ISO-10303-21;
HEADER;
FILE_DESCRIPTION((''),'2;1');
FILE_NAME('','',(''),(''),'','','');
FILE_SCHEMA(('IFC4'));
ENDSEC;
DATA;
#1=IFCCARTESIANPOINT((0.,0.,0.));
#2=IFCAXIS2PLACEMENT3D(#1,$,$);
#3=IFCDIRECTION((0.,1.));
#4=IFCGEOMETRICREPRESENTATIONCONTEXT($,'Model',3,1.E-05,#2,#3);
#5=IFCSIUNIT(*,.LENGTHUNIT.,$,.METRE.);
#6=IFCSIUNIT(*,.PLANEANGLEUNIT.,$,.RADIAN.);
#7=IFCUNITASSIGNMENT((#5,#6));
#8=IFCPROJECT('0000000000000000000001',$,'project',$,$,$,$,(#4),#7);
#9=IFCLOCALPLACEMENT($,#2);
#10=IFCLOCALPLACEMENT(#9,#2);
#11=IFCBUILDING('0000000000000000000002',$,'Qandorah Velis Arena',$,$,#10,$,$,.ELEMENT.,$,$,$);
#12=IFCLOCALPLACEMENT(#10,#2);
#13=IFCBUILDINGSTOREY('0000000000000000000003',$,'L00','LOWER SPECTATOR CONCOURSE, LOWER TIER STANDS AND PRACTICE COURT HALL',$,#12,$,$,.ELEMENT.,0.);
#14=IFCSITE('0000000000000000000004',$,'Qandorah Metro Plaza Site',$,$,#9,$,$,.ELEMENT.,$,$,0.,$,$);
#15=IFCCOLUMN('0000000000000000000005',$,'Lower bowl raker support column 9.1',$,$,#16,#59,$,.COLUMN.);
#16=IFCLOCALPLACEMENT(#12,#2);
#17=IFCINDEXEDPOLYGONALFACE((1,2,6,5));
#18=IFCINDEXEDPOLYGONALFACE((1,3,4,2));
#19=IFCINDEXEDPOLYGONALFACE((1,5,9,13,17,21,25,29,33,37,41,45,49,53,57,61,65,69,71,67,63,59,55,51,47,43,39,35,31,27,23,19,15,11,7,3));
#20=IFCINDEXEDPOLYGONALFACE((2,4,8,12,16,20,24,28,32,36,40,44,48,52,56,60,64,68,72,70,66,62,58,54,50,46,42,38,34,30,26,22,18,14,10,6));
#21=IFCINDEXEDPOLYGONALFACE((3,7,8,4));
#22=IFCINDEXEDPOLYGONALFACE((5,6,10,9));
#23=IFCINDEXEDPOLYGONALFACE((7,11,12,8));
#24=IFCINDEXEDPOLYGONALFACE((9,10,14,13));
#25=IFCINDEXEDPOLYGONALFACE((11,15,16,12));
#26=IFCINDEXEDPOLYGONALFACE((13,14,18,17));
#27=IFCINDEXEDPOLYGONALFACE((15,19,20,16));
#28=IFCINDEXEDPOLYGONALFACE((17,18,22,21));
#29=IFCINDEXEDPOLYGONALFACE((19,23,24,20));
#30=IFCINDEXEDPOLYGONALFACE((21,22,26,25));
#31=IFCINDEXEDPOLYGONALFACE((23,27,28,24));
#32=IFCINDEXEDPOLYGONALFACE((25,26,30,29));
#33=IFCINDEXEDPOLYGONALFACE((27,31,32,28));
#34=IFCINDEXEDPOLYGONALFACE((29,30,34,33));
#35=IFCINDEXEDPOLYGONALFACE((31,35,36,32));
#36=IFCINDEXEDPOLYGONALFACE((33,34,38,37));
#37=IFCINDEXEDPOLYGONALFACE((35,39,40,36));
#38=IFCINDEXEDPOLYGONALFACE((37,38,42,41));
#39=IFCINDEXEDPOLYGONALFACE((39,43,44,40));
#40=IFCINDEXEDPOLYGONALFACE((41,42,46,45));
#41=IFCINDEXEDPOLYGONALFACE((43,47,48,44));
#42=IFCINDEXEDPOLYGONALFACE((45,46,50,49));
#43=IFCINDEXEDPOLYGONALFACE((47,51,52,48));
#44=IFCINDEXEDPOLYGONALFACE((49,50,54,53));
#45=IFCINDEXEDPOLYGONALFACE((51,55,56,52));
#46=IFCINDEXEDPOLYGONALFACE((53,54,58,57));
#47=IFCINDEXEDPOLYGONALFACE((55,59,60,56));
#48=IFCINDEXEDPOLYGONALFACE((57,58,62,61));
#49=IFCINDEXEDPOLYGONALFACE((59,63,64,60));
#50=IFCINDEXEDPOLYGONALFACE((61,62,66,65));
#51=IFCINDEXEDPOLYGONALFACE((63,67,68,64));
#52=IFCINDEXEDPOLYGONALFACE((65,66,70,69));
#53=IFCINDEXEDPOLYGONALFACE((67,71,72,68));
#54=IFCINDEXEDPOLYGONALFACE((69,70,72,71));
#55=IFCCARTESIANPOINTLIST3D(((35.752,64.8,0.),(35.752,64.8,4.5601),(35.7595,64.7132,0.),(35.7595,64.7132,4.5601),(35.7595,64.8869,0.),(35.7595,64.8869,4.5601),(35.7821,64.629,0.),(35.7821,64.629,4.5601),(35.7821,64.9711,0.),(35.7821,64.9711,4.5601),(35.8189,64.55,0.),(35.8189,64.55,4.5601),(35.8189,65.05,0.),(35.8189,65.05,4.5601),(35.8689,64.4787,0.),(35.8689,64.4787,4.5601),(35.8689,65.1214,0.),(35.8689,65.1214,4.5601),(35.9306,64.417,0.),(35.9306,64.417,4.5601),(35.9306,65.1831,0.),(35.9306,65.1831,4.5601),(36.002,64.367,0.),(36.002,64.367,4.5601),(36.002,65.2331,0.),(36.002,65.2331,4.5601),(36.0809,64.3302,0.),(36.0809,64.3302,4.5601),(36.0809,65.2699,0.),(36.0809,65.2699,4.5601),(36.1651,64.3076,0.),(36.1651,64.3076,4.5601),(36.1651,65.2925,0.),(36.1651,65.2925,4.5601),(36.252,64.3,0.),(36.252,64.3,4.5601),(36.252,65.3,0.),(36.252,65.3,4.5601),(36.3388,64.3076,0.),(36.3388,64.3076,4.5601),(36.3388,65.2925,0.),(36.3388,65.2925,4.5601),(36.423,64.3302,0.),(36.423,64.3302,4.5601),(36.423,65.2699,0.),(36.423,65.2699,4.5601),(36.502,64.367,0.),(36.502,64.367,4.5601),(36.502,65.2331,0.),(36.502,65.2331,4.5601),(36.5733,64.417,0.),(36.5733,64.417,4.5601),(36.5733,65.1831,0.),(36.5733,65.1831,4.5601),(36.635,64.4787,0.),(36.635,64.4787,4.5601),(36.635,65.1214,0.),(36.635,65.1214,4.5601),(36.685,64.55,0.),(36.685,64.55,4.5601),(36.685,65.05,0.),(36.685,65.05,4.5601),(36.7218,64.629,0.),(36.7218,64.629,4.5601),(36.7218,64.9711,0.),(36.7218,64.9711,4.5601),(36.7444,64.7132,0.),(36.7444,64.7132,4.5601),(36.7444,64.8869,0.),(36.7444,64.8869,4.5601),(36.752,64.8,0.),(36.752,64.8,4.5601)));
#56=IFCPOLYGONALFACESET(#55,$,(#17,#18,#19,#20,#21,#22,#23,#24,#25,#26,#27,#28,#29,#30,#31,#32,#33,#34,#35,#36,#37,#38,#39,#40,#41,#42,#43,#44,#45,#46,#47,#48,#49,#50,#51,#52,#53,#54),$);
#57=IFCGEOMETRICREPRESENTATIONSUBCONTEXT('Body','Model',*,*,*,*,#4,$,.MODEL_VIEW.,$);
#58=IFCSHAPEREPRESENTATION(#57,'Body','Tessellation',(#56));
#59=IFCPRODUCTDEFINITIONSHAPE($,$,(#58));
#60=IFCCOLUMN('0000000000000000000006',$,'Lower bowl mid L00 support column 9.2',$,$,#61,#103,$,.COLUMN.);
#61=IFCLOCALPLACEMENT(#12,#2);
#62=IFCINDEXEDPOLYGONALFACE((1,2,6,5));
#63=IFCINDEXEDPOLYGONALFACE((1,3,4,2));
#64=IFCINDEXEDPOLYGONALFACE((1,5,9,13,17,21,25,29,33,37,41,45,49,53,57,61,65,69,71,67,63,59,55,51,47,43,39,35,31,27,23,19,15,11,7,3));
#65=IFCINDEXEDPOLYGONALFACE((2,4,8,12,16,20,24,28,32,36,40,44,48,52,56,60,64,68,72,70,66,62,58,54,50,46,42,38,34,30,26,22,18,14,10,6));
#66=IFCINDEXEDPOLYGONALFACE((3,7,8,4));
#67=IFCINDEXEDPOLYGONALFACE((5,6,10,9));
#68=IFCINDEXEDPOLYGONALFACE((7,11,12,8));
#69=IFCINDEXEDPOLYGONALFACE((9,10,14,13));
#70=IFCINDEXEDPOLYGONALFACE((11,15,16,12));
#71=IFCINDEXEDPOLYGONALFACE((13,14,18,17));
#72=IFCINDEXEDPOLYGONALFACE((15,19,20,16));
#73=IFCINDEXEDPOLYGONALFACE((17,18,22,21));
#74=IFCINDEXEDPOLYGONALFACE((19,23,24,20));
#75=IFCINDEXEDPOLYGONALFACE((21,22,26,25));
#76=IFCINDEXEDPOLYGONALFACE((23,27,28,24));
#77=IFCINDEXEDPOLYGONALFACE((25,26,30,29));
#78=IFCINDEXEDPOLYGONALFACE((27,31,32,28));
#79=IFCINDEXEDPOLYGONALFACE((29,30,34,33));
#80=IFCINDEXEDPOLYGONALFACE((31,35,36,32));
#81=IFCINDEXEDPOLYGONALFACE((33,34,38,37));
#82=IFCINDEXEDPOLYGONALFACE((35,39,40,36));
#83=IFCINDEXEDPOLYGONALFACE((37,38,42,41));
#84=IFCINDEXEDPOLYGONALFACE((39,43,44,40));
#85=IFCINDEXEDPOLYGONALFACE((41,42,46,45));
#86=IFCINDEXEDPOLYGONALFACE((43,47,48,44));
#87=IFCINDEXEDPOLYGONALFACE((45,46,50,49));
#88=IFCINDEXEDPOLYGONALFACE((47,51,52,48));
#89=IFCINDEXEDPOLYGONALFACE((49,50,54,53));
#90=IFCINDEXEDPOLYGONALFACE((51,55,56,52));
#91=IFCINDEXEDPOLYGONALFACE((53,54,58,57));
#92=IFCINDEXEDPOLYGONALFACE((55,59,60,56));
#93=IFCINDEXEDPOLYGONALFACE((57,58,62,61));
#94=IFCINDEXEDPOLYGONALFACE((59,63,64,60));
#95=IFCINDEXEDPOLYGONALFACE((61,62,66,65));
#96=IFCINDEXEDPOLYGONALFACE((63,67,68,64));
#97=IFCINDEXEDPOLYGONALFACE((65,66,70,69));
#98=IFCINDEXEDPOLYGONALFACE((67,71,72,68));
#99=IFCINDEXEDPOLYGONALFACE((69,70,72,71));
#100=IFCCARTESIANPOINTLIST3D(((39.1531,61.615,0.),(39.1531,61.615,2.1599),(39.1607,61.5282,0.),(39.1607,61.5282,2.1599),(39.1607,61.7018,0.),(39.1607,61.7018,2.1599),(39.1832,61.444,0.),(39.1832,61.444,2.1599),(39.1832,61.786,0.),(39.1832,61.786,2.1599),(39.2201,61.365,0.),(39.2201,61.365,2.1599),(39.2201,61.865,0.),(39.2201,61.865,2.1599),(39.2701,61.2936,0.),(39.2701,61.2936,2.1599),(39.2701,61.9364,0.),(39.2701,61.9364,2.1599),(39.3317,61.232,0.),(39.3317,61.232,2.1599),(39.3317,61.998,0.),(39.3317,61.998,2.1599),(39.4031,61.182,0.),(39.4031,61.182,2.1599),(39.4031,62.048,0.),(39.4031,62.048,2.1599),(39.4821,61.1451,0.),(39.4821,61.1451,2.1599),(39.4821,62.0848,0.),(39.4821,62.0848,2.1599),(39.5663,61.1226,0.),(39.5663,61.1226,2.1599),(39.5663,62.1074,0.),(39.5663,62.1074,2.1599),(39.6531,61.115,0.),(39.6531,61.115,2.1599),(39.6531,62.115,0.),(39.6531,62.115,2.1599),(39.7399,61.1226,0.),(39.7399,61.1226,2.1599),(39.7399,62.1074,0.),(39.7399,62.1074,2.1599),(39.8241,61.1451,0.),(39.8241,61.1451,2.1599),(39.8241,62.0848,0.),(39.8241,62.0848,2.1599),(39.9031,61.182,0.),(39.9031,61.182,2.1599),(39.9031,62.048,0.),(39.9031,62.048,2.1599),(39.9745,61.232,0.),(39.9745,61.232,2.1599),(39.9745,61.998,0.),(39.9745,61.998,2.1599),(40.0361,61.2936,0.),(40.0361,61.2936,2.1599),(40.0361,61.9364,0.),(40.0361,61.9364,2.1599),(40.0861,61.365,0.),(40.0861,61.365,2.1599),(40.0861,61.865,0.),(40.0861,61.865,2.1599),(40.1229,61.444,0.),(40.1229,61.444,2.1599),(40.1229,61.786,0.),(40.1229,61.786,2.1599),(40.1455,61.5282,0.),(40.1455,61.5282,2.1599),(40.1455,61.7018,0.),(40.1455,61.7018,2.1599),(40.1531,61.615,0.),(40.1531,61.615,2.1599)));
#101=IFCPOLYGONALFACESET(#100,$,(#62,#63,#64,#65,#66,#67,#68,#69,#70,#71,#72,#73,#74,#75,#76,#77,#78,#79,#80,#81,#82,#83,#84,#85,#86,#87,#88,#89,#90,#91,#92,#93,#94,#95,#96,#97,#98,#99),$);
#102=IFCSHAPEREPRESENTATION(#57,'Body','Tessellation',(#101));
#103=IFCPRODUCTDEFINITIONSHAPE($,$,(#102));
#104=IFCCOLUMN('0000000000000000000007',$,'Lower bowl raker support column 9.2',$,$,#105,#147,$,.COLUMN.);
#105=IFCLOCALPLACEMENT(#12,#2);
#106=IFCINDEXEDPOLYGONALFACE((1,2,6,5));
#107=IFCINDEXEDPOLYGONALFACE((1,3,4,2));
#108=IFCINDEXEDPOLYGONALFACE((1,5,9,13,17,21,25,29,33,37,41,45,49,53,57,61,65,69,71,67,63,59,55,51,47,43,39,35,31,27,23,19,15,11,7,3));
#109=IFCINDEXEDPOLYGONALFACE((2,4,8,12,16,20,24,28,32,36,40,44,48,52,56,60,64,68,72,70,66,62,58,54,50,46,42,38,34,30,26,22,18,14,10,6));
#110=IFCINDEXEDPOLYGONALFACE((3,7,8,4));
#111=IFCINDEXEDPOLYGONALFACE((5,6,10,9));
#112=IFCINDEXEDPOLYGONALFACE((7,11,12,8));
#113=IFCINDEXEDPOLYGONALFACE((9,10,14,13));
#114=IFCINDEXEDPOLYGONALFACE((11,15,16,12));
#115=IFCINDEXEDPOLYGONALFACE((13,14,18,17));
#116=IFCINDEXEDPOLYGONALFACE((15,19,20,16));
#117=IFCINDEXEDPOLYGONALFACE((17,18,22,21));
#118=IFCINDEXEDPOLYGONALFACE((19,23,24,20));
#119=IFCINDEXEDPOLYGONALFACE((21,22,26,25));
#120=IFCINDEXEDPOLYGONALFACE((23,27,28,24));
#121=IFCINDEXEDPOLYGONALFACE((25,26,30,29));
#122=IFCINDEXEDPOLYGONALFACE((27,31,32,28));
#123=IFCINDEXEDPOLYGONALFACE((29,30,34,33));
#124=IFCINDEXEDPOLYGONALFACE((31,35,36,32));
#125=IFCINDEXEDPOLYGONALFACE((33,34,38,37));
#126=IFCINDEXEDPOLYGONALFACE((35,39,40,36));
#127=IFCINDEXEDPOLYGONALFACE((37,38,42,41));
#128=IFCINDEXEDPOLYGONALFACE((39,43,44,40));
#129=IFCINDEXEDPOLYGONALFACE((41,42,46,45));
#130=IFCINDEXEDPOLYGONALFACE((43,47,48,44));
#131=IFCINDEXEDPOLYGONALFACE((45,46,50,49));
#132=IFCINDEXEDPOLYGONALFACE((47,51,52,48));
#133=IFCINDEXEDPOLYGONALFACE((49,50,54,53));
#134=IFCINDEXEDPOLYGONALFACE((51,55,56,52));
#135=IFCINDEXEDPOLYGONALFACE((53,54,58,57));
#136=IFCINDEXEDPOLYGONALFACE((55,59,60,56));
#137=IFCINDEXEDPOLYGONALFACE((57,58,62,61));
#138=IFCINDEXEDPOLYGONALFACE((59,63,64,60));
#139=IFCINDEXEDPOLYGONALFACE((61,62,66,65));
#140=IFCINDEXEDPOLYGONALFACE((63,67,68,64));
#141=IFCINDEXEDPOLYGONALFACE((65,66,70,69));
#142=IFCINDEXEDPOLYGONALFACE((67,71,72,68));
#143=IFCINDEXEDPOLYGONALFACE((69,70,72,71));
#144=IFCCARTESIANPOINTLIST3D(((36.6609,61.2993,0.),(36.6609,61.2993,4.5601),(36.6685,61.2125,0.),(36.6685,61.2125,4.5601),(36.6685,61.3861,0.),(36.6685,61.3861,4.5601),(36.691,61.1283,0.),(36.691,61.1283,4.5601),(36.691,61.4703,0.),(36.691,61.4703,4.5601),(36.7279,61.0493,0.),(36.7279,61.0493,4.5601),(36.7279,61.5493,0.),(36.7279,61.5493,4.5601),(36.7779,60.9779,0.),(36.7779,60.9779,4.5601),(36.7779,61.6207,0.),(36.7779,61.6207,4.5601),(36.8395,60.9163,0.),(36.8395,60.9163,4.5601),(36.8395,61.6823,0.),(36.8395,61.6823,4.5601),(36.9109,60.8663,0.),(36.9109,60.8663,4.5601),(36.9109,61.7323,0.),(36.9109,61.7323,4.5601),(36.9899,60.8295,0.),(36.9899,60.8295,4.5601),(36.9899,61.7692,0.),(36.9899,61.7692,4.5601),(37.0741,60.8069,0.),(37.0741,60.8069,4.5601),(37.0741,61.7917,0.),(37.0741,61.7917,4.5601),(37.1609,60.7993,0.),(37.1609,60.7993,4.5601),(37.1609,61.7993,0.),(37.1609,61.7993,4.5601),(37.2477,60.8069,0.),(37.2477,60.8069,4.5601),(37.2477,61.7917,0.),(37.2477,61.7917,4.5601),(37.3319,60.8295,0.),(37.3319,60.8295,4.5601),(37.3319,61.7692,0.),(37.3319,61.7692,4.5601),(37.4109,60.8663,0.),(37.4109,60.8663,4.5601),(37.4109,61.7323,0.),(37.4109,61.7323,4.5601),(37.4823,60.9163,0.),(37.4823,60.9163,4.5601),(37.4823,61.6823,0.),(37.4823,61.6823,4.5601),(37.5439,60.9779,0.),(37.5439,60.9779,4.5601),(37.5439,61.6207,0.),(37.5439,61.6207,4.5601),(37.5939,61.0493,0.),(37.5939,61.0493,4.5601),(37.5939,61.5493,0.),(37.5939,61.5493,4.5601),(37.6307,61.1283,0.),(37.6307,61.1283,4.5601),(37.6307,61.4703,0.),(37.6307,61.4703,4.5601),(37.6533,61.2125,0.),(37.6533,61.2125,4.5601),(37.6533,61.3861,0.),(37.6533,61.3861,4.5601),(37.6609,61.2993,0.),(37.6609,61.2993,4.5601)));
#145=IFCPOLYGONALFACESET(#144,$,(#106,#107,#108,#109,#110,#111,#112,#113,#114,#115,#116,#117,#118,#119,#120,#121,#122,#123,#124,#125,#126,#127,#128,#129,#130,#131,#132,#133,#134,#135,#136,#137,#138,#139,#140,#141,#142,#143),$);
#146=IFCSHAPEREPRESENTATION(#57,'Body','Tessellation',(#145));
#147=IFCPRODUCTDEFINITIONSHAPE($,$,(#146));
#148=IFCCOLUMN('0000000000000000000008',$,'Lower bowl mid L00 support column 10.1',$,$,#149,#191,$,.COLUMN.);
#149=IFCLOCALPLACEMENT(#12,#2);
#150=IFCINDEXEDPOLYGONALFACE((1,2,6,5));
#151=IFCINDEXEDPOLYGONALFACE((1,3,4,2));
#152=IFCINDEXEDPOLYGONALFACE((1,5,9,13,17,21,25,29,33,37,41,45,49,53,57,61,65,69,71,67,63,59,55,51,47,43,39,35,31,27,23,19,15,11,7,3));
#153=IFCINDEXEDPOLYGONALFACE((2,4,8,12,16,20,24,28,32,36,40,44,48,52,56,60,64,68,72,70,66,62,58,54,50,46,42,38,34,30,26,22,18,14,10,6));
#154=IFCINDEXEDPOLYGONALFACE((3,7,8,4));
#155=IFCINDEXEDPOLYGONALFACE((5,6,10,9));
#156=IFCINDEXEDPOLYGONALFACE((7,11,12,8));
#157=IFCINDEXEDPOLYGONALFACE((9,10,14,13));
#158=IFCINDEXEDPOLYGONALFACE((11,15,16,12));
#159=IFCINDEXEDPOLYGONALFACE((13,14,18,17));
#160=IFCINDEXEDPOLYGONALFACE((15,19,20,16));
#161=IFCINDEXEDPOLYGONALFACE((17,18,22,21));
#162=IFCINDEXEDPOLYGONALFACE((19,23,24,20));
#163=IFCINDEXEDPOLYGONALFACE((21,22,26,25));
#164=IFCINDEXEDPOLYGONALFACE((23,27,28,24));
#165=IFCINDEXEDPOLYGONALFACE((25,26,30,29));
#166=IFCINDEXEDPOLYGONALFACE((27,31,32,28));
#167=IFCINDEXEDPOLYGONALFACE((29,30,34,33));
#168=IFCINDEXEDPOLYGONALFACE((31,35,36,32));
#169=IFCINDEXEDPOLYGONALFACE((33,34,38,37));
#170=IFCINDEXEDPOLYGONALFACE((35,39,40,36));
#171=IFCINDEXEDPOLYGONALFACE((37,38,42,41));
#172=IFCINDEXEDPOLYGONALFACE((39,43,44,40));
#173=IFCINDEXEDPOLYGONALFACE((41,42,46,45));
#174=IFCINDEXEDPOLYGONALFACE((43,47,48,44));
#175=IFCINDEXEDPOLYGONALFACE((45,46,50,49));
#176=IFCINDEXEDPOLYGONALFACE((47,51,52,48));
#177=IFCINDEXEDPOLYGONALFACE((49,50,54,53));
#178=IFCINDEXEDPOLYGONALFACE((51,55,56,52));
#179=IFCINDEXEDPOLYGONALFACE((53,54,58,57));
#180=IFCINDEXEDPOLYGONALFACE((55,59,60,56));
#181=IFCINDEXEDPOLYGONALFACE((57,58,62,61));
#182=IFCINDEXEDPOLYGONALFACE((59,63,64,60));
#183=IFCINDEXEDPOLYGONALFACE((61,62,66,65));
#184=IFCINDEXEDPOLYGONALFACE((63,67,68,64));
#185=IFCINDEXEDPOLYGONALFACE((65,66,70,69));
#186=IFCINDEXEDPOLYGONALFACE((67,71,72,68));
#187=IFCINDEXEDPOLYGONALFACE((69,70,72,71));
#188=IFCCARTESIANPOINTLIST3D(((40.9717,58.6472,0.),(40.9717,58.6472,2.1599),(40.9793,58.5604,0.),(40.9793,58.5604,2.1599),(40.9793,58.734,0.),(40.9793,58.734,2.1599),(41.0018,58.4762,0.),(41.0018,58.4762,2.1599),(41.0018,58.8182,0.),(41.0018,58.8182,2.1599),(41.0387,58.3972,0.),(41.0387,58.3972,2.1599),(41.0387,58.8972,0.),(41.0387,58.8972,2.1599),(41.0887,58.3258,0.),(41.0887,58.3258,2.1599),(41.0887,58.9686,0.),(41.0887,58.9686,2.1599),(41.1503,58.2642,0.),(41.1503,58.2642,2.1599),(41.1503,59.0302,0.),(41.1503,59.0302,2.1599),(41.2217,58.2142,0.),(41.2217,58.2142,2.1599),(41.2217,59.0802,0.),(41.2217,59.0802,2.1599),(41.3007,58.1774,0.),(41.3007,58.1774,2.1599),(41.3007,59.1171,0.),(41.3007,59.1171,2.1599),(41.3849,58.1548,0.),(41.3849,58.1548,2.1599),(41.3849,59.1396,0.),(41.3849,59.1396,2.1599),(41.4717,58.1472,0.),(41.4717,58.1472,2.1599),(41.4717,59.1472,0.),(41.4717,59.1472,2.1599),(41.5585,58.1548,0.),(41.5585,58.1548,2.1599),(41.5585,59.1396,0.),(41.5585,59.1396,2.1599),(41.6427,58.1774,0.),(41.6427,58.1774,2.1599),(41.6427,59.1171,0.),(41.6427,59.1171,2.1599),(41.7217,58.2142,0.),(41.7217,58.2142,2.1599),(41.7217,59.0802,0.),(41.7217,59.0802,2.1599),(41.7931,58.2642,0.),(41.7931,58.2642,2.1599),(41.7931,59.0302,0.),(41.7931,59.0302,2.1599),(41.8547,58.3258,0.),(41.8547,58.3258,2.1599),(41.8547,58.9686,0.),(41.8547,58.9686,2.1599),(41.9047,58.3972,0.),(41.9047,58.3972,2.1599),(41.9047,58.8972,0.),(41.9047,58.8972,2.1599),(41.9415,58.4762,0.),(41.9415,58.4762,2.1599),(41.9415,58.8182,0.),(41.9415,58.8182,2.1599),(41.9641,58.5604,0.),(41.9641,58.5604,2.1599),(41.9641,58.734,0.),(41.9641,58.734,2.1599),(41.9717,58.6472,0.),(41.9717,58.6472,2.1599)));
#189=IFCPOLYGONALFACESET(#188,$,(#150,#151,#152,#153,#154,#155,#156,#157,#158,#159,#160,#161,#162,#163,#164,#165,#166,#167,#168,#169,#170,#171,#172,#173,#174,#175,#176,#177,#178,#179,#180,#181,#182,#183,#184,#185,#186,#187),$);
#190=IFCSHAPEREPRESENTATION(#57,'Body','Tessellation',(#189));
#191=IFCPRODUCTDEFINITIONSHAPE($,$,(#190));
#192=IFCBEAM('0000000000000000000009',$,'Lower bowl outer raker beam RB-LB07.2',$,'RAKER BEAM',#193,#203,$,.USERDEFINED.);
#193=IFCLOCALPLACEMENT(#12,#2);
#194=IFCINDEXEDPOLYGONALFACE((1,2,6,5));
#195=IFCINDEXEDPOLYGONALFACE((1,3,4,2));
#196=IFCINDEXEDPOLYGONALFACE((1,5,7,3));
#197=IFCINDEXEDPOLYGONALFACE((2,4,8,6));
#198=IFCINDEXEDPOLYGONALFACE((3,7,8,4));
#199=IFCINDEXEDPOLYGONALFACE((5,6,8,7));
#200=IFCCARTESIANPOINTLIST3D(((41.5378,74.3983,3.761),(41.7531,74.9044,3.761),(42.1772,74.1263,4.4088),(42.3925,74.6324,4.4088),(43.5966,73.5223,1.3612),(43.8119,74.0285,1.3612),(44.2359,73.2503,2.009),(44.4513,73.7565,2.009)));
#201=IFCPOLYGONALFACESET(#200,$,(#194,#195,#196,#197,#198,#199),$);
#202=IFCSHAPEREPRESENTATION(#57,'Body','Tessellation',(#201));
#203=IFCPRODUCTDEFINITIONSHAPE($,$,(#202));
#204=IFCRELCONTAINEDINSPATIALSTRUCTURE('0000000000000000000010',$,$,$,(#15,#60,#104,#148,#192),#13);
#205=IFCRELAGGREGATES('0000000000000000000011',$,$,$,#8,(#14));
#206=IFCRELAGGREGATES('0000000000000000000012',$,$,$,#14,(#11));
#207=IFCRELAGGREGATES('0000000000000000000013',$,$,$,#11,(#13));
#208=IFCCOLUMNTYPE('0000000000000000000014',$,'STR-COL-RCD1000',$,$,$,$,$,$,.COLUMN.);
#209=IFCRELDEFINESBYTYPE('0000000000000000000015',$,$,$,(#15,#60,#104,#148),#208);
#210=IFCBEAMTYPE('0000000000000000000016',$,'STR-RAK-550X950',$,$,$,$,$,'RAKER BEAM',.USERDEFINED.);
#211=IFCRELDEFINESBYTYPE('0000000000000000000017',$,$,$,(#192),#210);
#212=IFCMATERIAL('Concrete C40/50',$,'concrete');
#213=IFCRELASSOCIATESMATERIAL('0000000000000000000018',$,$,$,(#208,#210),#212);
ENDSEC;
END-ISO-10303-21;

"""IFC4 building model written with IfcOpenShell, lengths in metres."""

from ifc_helpers import new_model, si_unit, direction, frame, origin, origin_2d, place, context, subcontext, project, spatial, rectangle, circle, extrude, material, material_profile, profile_set, type_object, element, save


model = new_model("IFC4")

# Units and contexts
model_context = context("Model", 3, precision=1e-05, world=origin(), true_north=direction((0.0, 1.0)))
body_context = subcontext(model_context, "Body", "Model", "MODEL_VIEW")
ifc_project = project(units=[si_unit("LENGTHUNIT", "METRE"), si_unit("PLANEANGLEUNIT", "RADIAN")], contexts=[model_context])

# Site, building, storey
site_placement = place(None, origin())
site = spatial("IfcSite", under=ifc_project, at=site_placement, Name="Qandorah Metro Plaza Site", CompositionType="ELEMENT", RefElevation=0.0)
building_placement = place(site_placement, origin())
building = spatial("IfcBuilding", under=site, at=building_placement, Name="Qandorah Velis Arena", CompositionType="ELEMENT")
storey_placement = place(building_placement, origin())
storey = spatial("IfcBuildingStorey", under=building, at=storey_placement, Name="L00", Description="LOWER SPECTATOR CONCOURSE, LOWER TIER STANDS AND PRACTICE COURT HALL", CompositionType="ELEMENT", Elevation=0.0)

# Columns
ifc_material_1 = material(Name="Concrete C40/50", Category="concrete")
ifc_material_profile_1 = material_profile(ifc_material_1, circle(Radius=0.5, at=origin_2d()), Name="RC D1000")
ifc_profile_set_1 = profile_set([ifc_material_profile_1], Name="Concrete C40/50")
column_type = type_object("IfcColumnType", Name="STR-COL-RCD1000", PredefinedType="COLUMN", material=ifc_profile_set_1)
column_1_placement = place(storey_placement, frame((36.252, 64.8, 0.0), z_axis=(0.0, 0.0, 1.0), x_axis=(1.0, 0.0, 0.0)))
element("IfcColumn", 1, at=column_1_placement, inside=storey, type_object=column_type, Name="Lower bowl raker support column 9.1", PredefinedType="COLUMN", context=body_context, shape_type="SweptSolid", body=[
    extrude(circle(Radius=0.5, at=origin_2d()), origin(), (0.0, 0.0, 1.0), 4.5601),
])
column_2_placement = place(storey_placement, frame((39.6531, 61.615, 0.0), z_axis=(0.0, 0.0, 1.0), x_axis=(1.0, 0.0, 0.0)))
element("IfcColumn", 2, at=column_2_placement, inside=storey, type_object=column_type, Name="Lower bowl mid L00 support column 9.2", PredefinedType="COLUMN", context=body_context, shape_type="SweptSolid", body=[
    extrude(circle(Radius=0.5, at=origin_2d()), origin(), (0.0, 0.0, 1.0), 2.1599),
])
column_3_placement = place(storey_placement, frame((37.1609, 61.2993, 0.0), z_axis=(0.0, 0.0, 1.0), x_axis=(1.0, 0.0, 0.0)))
element("IfcColumn", 3, at=column_3_placement, inside=storey, type_object=column_type, Name="Lower bowl raker support column 9.2", PredefinedType="COLUMN", context=body_context, shape_type="SweptSolid", body=[
    extrude(circle(Radius=0.5, at=origin_2d()), origin(), (0.0, 0.0, 1.0), 4.5601),
])
column_4_placement = place(storey_placement, frame((41.4717, 58.6472, 0.0), z_axis=(0.0, 0.0, 1.0), x_axis=(1.0, 0.0, 0.0)))
element("IfcColumn", 4, at=column_4_placement, inside=storey, type_object=column_type, Name="Lower bowl mid L00 support column 10.1", PredefinedType="COLUMN", context=body_context, shape_type="SweptSolid", body=[
    extrude(circle(Radius=0.5, at=origin_2d()), origin(), (0.0, 0.0, 1.0), 2.1599),
])

# Beam
ifc_material_profile_2 = material_profile(ifc_material_1, rectangle(XDim=0.55, YDim=0.95, at=origin_2d()), Name="RC RAKER 550x950")
ifc_profile_set_2 = profile_set([ifc_material_profile_2], Name="Concrete C40/50")
beam_type_1 = type_object("IfcBeamType", Name="STR-RAK-550X950", ElementType="RAKER BEAM", PredefinedType="USERDEFINED", material=ifc_profile_set_2)
beam_1_placement = place(storey_placement, frame((44.0239, 73.6394, 1.6851), z_axis=(-0.627482, 0.266976, 0.73143), x_axis=(-0.391508, -0.920175, 0.0)))
element("IfcBeam", 5, at=beam_1_placement, inside=storey, type_object=beam_type_1, Name="Lower bowl outer raker beam RB-LB07.2", ObjectType="RAKER BEAM", PredefinedType="USERDEFINED", context=body_context, shape_type="SweptSolid", body=[
    extrude(rectangle(XDim=0.55, YDim=0.95, at=origin_2d()), origin(), (0.0, 0.0, 1.0), 3.281),
])

save(model, "model.ifc")
